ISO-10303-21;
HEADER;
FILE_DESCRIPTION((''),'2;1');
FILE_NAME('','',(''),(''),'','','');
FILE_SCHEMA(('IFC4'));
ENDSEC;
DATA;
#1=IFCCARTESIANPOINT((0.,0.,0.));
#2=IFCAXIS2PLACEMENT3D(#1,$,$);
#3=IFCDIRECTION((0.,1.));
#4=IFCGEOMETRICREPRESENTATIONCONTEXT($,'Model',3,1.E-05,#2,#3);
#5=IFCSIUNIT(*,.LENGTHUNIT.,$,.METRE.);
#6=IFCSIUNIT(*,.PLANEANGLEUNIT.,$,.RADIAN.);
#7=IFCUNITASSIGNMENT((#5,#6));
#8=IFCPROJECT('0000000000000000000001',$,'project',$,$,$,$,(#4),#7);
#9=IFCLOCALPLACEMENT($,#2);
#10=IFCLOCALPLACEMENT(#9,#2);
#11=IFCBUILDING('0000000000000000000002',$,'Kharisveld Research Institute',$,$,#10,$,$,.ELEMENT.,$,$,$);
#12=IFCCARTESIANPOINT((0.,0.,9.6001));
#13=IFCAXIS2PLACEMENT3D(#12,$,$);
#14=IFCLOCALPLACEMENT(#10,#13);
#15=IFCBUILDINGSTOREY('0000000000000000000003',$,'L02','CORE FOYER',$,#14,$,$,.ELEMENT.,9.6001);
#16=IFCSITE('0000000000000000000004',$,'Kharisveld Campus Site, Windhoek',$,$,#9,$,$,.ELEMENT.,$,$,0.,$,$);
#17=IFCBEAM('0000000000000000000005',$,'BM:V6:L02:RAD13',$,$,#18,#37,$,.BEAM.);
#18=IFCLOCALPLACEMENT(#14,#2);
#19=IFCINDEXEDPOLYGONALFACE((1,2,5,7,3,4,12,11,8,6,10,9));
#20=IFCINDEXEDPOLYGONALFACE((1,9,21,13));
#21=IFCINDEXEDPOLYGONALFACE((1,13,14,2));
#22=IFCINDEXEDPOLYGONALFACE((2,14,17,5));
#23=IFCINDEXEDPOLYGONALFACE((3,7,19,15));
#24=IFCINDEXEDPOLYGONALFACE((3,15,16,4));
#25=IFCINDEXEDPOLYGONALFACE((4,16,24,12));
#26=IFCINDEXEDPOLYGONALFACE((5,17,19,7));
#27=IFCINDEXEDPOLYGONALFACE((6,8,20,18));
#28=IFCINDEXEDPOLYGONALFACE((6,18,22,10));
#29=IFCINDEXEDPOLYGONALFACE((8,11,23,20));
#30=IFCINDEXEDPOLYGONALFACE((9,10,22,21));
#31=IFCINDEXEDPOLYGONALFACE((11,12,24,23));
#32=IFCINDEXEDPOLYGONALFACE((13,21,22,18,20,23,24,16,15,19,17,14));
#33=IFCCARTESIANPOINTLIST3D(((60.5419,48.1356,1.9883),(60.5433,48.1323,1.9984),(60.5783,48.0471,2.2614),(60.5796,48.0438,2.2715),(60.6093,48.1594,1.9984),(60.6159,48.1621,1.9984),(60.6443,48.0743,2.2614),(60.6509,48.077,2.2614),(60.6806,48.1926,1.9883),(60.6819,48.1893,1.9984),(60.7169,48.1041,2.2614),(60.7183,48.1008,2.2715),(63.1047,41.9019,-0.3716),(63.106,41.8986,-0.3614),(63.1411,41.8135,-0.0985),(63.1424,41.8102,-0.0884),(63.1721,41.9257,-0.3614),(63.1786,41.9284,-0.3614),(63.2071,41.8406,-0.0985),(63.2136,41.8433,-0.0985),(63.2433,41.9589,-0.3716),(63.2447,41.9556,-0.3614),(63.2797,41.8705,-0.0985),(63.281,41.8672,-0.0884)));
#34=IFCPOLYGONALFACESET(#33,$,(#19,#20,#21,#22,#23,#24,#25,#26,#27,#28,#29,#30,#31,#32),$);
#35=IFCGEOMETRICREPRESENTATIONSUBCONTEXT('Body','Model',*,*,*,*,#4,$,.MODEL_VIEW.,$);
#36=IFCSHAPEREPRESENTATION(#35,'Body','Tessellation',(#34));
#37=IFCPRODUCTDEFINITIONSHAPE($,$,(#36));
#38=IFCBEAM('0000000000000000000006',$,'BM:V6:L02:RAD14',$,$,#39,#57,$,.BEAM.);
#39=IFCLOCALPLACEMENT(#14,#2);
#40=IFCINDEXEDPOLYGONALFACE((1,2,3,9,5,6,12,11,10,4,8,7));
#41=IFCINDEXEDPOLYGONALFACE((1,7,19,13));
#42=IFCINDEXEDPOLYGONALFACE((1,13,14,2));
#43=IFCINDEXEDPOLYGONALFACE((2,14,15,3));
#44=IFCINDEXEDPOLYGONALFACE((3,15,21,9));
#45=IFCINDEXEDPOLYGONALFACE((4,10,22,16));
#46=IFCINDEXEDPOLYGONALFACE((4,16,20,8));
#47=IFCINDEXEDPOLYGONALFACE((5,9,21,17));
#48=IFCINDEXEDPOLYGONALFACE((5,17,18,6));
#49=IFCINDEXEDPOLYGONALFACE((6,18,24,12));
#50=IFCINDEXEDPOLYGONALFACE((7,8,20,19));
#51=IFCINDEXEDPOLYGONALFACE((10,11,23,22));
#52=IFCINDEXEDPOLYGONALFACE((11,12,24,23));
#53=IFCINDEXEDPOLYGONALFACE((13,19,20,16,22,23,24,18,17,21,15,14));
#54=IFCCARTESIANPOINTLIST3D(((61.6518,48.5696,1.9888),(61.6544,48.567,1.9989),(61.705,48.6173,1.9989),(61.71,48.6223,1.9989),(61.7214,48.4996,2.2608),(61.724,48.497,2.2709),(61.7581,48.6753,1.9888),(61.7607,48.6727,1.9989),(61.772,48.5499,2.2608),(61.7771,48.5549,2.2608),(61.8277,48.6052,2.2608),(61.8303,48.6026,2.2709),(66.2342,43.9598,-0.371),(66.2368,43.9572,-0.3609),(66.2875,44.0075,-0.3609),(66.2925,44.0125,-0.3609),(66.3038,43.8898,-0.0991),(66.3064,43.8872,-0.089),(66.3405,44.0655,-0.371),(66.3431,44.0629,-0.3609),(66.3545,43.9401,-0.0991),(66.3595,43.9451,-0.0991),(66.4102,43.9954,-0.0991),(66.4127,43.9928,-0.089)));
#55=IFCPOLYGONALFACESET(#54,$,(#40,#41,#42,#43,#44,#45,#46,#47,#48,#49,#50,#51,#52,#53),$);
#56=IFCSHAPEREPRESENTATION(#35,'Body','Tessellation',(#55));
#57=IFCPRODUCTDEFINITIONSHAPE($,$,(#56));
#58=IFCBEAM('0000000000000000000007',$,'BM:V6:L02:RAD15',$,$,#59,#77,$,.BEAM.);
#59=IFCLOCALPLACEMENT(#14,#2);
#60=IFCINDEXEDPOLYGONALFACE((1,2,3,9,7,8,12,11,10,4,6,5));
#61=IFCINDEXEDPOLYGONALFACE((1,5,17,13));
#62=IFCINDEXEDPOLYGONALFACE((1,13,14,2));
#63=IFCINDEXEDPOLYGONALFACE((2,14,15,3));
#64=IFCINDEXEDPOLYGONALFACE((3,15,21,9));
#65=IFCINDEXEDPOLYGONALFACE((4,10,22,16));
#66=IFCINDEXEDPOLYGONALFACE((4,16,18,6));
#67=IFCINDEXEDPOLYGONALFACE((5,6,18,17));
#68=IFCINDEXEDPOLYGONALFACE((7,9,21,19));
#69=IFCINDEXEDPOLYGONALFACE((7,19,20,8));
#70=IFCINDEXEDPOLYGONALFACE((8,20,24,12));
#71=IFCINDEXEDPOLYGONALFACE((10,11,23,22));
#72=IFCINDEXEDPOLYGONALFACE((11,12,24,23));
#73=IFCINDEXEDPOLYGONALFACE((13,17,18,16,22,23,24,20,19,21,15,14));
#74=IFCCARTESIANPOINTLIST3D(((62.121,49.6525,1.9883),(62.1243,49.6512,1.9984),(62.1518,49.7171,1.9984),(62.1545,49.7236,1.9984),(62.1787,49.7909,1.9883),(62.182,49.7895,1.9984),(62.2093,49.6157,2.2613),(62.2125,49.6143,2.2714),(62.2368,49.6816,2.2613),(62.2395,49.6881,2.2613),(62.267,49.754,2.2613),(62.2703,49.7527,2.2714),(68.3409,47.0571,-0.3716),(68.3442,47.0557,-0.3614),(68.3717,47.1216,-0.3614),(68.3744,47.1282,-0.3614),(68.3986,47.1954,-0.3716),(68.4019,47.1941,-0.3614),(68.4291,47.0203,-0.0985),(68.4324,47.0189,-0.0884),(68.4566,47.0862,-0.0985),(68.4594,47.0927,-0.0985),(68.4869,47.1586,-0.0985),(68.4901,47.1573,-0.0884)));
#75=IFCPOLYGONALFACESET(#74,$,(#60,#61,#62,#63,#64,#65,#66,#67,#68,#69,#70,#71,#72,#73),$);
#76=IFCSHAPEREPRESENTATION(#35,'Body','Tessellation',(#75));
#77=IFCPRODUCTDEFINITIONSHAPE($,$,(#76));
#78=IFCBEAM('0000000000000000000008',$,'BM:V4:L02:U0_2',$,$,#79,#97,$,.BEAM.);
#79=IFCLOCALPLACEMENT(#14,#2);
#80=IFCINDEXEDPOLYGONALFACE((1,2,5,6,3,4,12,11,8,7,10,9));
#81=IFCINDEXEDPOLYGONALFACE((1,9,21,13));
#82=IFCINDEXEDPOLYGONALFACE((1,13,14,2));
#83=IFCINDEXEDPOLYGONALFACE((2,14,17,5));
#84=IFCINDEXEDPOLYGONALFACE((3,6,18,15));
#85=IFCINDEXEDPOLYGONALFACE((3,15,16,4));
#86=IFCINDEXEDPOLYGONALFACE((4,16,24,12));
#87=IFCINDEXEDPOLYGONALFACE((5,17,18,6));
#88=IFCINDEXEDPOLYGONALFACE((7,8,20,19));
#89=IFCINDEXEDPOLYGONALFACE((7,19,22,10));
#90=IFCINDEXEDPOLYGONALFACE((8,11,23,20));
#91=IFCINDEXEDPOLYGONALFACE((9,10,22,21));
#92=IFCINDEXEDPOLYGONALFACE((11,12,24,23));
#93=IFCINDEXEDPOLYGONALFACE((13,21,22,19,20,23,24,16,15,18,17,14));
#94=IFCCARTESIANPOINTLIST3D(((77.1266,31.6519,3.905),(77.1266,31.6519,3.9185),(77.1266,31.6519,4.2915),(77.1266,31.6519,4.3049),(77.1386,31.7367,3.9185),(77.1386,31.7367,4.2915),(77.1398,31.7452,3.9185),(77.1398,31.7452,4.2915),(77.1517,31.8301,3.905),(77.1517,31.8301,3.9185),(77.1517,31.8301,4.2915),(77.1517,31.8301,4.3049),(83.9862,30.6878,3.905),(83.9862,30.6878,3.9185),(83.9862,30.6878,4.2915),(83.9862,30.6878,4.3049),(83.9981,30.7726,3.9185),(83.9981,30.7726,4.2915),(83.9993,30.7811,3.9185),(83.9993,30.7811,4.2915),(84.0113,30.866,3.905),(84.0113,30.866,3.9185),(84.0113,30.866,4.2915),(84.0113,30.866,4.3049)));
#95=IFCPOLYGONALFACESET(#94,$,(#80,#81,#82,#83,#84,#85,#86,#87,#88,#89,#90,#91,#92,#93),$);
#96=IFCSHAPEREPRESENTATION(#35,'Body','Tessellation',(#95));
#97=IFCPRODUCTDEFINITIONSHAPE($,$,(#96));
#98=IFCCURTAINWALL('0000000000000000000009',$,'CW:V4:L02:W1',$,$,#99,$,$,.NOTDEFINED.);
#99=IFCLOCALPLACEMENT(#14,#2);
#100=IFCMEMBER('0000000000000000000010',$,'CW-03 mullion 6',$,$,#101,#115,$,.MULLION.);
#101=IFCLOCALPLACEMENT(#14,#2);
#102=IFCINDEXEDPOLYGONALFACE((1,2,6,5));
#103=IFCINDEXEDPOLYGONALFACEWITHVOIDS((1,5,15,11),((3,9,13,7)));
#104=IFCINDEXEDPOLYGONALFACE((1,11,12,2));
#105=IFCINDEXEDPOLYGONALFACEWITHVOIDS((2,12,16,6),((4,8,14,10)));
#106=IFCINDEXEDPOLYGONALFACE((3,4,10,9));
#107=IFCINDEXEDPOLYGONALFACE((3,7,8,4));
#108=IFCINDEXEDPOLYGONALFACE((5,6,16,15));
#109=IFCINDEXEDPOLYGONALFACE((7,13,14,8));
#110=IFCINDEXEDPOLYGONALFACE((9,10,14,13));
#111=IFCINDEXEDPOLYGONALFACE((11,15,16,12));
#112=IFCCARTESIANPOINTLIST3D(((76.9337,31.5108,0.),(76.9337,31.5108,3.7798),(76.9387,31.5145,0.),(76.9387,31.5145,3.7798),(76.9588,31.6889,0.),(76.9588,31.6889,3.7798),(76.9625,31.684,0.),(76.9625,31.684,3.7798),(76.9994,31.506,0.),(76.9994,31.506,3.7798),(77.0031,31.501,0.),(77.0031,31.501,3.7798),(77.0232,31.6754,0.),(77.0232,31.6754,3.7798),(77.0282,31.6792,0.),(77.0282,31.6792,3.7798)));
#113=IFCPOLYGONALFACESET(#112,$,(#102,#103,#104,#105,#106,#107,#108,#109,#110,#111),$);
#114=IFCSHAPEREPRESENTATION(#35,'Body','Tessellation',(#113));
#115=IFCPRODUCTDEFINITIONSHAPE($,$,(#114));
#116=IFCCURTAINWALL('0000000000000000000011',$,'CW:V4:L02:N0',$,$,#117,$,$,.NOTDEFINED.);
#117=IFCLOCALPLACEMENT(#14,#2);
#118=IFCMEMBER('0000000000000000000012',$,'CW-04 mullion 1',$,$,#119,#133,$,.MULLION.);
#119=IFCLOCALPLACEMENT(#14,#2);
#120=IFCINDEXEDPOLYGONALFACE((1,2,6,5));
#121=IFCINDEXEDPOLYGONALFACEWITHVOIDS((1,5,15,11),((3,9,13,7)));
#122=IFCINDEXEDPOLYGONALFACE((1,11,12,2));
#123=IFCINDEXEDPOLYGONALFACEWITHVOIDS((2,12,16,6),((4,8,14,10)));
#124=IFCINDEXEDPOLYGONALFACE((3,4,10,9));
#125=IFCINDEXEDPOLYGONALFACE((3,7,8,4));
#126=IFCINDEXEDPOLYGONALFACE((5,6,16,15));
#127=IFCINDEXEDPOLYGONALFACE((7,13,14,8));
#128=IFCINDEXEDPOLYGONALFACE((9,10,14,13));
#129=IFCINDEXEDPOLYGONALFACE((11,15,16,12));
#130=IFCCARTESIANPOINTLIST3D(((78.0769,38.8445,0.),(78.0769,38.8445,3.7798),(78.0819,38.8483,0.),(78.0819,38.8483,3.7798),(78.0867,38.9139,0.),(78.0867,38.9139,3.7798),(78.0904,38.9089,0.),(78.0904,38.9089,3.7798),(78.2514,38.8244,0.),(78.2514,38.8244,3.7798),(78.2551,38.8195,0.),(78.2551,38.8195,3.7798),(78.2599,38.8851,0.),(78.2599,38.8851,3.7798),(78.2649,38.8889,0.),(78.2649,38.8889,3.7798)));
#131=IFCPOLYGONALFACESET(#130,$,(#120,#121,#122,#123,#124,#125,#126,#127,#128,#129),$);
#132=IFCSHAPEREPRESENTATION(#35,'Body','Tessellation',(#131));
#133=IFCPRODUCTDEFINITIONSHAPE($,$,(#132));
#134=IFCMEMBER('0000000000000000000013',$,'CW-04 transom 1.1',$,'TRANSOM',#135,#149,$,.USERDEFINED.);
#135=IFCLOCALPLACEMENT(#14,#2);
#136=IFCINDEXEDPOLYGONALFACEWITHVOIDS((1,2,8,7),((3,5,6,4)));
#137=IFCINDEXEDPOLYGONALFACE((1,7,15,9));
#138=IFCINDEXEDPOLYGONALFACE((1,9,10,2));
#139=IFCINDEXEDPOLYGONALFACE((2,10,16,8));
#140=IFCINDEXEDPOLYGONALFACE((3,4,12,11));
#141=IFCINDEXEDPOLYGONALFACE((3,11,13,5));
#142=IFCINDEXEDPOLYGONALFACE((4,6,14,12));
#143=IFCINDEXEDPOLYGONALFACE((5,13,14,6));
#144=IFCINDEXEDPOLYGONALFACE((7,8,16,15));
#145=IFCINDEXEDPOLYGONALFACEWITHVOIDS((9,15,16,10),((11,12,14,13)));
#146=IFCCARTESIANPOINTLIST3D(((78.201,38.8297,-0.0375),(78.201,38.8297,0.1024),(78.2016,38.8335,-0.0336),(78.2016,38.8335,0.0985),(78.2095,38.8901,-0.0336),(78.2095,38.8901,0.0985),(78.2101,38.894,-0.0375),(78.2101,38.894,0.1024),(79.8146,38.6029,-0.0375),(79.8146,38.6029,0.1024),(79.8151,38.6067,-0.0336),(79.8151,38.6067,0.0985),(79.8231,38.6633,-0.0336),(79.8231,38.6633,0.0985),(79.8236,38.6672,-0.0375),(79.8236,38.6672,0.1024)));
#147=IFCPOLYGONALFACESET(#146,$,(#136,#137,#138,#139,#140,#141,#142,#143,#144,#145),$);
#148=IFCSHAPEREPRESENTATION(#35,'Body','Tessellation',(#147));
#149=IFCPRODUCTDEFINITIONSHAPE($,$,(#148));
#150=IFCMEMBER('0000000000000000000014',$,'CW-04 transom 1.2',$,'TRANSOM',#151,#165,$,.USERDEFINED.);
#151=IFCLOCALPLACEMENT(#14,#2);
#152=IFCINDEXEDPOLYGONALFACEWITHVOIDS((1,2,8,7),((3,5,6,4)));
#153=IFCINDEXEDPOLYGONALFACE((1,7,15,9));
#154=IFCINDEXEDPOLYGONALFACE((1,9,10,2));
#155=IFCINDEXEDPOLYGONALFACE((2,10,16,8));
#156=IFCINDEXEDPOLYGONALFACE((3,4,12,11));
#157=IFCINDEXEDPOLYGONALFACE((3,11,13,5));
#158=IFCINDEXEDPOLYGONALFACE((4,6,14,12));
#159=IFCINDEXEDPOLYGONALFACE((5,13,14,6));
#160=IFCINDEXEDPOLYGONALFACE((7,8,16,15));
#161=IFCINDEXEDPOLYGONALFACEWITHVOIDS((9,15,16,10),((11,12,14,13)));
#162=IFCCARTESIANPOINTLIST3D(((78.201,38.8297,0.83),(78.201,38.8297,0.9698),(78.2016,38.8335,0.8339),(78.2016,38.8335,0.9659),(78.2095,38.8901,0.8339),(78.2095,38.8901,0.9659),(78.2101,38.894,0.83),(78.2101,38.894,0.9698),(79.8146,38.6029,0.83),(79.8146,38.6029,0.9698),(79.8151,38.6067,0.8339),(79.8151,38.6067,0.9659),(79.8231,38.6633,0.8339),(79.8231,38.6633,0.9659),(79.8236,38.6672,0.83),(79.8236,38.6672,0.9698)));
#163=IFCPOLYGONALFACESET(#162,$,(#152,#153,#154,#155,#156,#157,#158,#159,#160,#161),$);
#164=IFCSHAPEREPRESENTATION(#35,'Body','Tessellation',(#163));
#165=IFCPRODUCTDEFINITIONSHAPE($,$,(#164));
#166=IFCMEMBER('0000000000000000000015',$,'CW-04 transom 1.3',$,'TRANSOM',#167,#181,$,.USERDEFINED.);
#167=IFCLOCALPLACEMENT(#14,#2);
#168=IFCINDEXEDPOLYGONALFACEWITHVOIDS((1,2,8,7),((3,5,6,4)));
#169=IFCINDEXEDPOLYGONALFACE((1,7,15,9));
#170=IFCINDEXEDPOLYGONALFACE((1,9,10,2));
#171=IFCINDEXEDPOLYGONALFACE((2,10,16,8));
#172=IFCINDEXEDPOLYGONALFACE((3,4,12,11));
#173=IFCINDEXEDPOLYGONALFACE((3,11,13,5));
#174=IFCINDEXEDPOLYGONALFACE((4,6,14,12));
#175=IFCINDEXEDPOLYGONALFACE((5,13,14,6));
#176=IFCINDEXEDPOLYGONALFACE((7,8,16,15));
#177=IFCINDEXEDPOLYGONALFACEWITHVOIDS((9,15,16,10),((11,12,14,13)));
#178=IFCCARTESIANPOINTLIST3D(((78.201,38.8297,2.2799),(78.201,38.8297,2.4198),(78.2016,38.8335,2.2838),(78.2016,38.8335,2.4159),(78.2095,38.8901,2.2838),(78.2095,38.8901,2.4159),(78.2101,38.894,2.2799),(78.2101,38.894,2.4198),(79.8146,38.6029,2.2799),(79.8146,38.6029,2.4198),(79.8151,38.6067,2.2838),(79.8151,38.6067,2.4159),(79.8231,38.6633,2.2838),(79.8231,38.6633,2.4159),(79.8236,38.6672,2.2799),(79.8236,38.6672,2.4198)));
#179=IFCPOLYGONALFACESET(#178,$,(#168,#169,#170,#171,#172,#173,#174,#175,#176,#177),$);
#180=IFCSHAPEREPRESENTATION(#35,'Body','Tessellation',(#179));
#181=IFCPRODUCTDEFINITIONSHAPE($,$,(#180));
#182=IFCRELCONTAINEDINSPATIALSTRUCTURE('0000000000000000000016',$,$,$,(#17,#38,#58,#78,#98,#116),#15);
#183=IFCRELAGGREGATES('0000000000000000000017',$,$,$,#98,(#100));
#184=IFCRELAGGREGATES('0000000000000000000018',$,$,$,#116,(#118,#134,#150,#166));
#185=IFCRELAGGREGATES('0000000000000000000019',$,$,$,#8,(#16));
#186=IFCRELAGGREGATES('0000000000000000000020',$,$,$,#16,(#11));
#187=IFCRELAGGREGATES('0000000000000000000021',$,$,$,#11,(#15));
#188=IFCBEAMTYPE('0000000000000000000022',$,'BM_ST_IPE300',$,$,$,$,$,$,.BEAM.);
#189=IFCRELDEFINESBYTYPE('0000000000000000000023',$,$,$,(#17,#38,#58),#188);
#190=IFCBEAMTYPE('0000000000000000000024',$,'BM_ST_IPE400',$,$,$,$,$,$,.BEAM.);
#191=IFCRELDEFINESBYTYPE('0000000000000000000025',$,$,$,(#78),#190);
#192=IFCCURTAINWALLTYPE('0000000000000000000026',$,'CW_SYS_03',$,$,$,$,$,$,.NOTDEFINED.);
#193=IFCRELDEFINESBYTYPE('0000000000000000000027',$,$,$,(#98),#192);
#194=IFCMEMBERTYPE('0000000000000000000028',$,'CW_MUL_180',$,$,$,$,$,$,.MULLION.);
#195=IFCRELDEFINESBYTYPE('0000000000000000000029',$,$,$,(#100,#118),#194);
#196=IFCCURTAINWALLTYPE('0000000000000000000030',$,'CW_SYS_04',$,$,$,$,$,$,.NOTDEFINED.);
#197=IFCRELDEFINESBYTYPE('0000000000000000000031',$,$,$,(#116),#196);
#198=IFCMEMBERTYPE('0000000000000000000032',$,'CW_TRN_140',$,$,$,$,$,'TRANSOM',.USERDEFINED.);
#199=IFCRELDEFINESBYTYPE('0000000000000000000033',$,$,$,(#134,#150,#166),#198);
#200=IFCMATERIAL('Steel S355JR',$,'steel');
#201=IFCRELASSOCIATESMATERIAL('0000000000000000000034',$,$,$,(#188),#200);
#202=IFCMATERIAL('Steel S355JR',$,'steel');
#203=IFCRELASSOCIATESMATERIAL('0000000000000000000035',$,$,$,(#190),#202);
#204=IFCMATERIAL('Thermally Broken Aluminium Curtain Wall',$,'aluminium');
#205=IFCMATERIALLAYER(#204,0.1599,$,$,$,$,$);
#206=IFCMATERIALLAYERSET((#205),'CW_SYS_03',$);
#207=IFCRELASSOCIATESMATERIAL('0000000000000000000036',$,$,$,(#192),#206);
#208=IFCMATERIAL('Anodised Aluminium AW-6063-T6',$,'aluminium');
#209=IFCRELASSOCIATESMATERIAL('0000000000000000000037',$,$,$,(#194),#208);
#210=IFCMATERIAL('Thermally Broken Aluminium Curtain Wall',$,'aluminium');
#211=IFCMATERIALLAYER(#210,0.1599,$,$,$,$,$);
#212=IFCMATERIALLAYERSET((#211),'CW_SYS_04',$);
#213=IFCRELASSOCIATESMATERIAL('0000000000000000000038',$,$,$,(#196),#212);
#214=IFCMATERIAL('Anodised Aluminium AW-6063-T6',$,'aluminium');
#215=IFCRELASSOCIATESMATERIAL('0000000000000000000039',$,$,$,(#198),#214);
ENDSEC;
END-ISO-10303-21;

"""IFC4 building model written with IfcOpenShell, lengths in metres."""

from ifc_helpers import new_model, si_unit, direction, frame, origin, origin_2d, place, context, subcontext, project, spatial, hollow_rectangle, i_section, extrude, material, layer, layer_set, material_profile, profile_set, type_object, element, aggregate, save


model = new_model("IFC4")

# Units and contexts
model_context = context("Model", 3, precision=1e-05, world=origin(), true_north=direction((0.0, 1.0)))
body_context = subcontext(model_context, "Body", "Model", "MODEL_VIEW")
ifc_project = project(units=[si_unit("LENGTHUNIT", "METRE"), si_unit("PLANEANGLEUNIT", "RADIAN")], contexts=[model_context])

# Site, building, storey
site_placement = place(None, origin())
site = spatial("IfcSite", under=ifc_project, at=site_placement, Name="Kharisveld Campus Site, Windhoek", CompositionType="ELEMENT", RefElevation=0.0)
building_placement = place(site_placement, origin())
building = spatial("IfcBuilding", under=site, at=building_placement, Name="Kharisveld Research Institute", CompositionType="ELEMENT")
storey_placement = place(building_placement, frame((0.0, 0.0, 9.6001)))
storey = spatial("IfcBuildingStorey", under=building, at=storey_placement, Name="L02", Description="CORE FOYER", CompositionType="ELEMENT", Elevation=9.6001)

# Beams
ifc_material_1 = material(Name="Steel S355JR", Category="steel")
ifc_material_profile_1 = material_profile(ifc_material_1, i_section(OverallWidth=0.1499, OverallDepth=0.3, WebThickness=0.0071, FlangeThickness=0.0107, at=origin_2d()))
ifc_profile_set_1 = profile_set([ifc_material_profile_1], Name="Steel S355JR")
beam_type_1 = type_object("IfcBeamType", Name="BM_ST_IPE300", PredefinedType="BEAM", material=ifc_profile_set_1)
for number, where, z_axis, x_axis, name in (
    (1, (63.1929, 41.8845, -0.23), (-0.358874, 0.872928, 0.330463), (-0.92489, -0.380236, 0.0), "BM:V6:L02:RAD13"),
):
    element("IfcBeam", number, at=place(storey_placement, frame(where, z_axis=z_axis, x_axis=x_axis)), inside=storey, type_object=beam_type_1, Name=name, PredefinedType="BEAM", context=body_context, shape_type="SweptSolid", body=[
        extrude(i_section(OverallWidth=0.1499, OverallDepth=0.3, WebThickness=0.0071, FlangeThickness=0.0107, at=origin_2d()), origin(), (0.0, 0.0, 1.0), 7.1411),
    ])
beam_1_placement = place(storey_placement, frame((66.3235, 43.9763, -0.23), z_axis=(-0.662678, 0.666633, 0.34126), x_axis=(-0.709207, -0.705, 0.0)))
element("IfcBeam", 2, at=beam_1_placement, inside=storey, type_object=beam_type_1, Name="BM:V6:L02:RAD14", PredefinedType="BEAM", context=body_context, shape_type="SweptSolid", body=[
    extrude(i_section(OverallWidth=0.1499, OverallDepth=0.3, WebThickness=0.0071, FlangeThickness=0.0107, at=origin_2d()), origin(), (0.0, 0.0, 1.0), 6.915),
])
beam_2_placement = place(storey_placement, frame((68.4155, 47.1072, -0.23), z_axis=(-0.871026, 0.36346, 0.330468), x_axis=(-0.385096, -0.922876, 0.0)))
element("IfcBeam", 3, at=beam_2_placement, inside=storey, type_object=beam_type_1, Name="BM:V6:L02:RAD15", PredefinedType="BEAM", context=body_context, shape_type="SweptSolid", body=[
    extrude(i_section(OverallWidth=0.1499, OverallDepth=0.3, WebThickness=0.0071, FlangeThickness=0.0107, at=origin_2d()), origin(), (0.0, 0.0, 1.0), 7.1409),
])
ifc_material_2 = material(Name="Steel S355JR", Category="steel")
ifc_material_profile_2 = material_profile(ifc_material_2, i_section(OverallWidth=0.1799, OverallDepth=0.3999, WebThickness=0.0085, FlangeThickness=0.0134, at=origin_2d()))
ifc_profile_set_2 = profile_set([ifc_material_profile_2], Name="Steel S355JR")
beam_type_2 = type_object("IfcBeamType", Name="BM_ST_IPE400", PredefinedType="BEAM", material=ifc_profile_set_2)
beam_3_placement = place(storey_placement, frame((77.1392, 31.741, 4.105), z_axis=(0.990267, -0.139181, 0.0), x_axis=(0.139181, 0.990267, 0.0)))
element("IfcBeam", 4, at=beam_3_placement, inside=storey, type_object=beam_type_2, Name="BM:V4:L02:U0_2", PredefinedType="BEAM", context=body_context, shape_type="SweptSolid", body=[
    extrude(i_section(OverallWidth=0.1799, OverallDepth=0.3999, WebThickness=0.0085, FlangeThickness=0.0134, at=origin_2d()), origin(), (0.0, 0.0, 1.0), 6.927),
])

# Curtain wall, member
ifc_material_3 = material(Name="Thermally Broken Aluminium Curtain Wall", Category="aluminium")
ifc_layer_1 = layer(ifc_material_3, 0.1599)
ifc_layer_set_1 = layer_set([ifc_layer_1], Name="CW_SYS_03")
curtain_wall_type_1 = type_object("IfcCurtainWallType", Name="CW_SYS_03", PredefinedType="NOTDEFINED", material=ifc_layer_set_1)
curtain_wall_1_placement = place(storey_placement, origin())
curtain_wall_1 = element("IfcCurtainWall", 5, at=curtain_wall_1_placement, inside=storey, type_object=curtain_wall_type_1, Name="CW:V4:L02:W1", PredefinedType="NOTDEFINED")
ifc_material_4 = material(Name="Anodised Aluminium AW-6063-T6", Category="aluminium")
ifc_material_profile_3 = material_profile(ifc_material_4, hollow_rectangle(XDim=0.0701, YDim=0.1799, WallThickness=0.0044, at=origin_2d()))
ifc_profile_set_3 = profile_set([ifc_material_profile_3], Name="Anodised Aluminium AW-6063-T6")
member_type_1 = type_object("IfcMemberType", Name="CW_MUL_180", PredefinedType="MULLION", material=ifc_profile_set_3)
member_1_placement = place(storey_placement, frame((76.981, 31.595, 0.0), z_axis=(0.0, 0.0, 1.0), x_axis=(-0.990268, 0.139173, 0.0)))
member_1 = element("IfcMember", 6, at=member_1_placement, type_object=member_type_1, Name="CW-03 mullion 6", PredefinedType="MULLION", context=body_context, shape_type="SweptSolid", body=[
    extrude(hollow_rectangle(XDim=0.0701, YDim=0.1799, WallThickness=0.0044, at=origin_2d()), origin(), (0.0, 0.0, 1.0), 3.7798),
])

# Curtain wall, members
ifc_material_5 = material(Name="Thermally Broken Aluminium Curtain Wall", Category="aluminium")
ifc_layer_2 = layer(ifc_material_5, 0.1599)
ifc_layer_set_2 = layer_set([ifc_layer_2], Name="CW_SYS_04")
curtain_wall_type_2 = type_object("IfcCurtainWallType", Name="CW_SYS_04", PredefinedType="NOTDEFINED", material=ifc_layer_set_2)
curtain_wall_2_placement = place(storey_placement, origin())
curtain_wall_2 = element("IfcCurtainWall", 7, at=curtain_wall_2_placement, inside=storey, type_object=curtain_wall_type_2, Name="CW:V4:L02:N0", PredefinedType="NOTDEFINED")
member_2_placement = place(storey_placement, frame((78.1709, 38.8667, 0.0), z_axis=(0.0, 0.0, 1.0), x_axis=(0.139173, 0.990268, 0.0)))
member_2 = element("IfcMember", 8, at=member_2_placement, type_object=member_type_1, Name="CW-04 mullion 1", PredefinedType="MULLION", context=body_context, shape_type="SweptSolid", body=[
    extrude(hollow_rectangle(XDim=0.0701, YDim=0.1799, WallThickness=0.0044, at=origin_2d()), origin(), (0.0, 0.0, 1.0), 3.7798),
])
ifc_material_6 = material(Name="Anodised Aluminium AW-6063-T6", Category="aluminium")
ifc_material_profile_4 = material_profile(ifc_material_6, hollow_rectangle(XDim=0.0649, YDim=0.1399, WallThickness=0.0039, at=origin_2d()))
ifc_profile_set_4 = profile_set([ifc_material_profile_4], Name="Anodised Aluminium AW-6063-T6")
member_type_2 = type_object("IfcMemberType", Name="CW_TRN_140", ElementType="TRANSOM", PredefinedType="USERDEFINED", material=ifc_profile_set_4)
member_3_placement = place(storey_placement, frame((78.2056, 38.8618, 0.0325), z_axis=(0.990265, -0.139197, 0.0), x_axis=(0.139197, 0.990265, 0.0)))
member_3 = element("IfcMember", 9, at=member_3_placement, type_object=member_type_2, Name="CW-04 transom 1.1", ObjectType="TRANSOM", PredefinedType="USERDEFINED", context=body_context, shape_type="SweptSolid", body=[
    extrude(hollow_rectangle(XDim=0.0649, YDim=0.1399, WallThickness=0.0039, at=origin_2d()), origin(), (0.0, 0.0, 1.0), 1.6294),
])
member_4_placement = place(storey_placement, frame((78.2056, 38.8618, 0.8999), z_axis=(0.990265, -0.139197, 0.0), x_axis=(0.139197, 0.990265, 0.0)))
member_4 = element("IfcMember", 10, at=member_4_placement, type_object=member_type_2, Name="CW-04 transom 1.2", ObjectType="TRANSOM", PredefinedType="USERDEFINED", context=body_context, shape_type="SweptSolid", body=[
    extrude(hollow_rectangle(XDim=0.0649, YDim=0.1399, WallThickness=0.0039, at=origin_2d()), origin(), (0.0, 0.0, 1.0), 1.6294),
])
member_5_placement = place(storey_placement, frame((78.2056, 38.8618, 2.3499), z_axis=(0.990265, -0.139197, 0.0), x_axis=(0.139197, 0.990265, 0.0)))
member_5 = element("IfcMember", 11, at=member_5_placement, type_object=member_type_2, Name="CW-04 transom 1.3", ObjectType="TRANSOM", PredefinedType="USERDEFINED", context=body_context, shape_type="SweptSolid", body=[
    extrude(hollow_rectangle(XDim=0.0649, YDim=0.1399, WallThickness=0.0039, at=origin_2d()), origin(), (0.0, 0.0, 1.0), 1.6294),
])

aggregate(curtain_wall_1, [member_1])
aggregate(curtain_wall_2, [member_2, member_3, member_4, member_5])

save(model, "model.ifc")
